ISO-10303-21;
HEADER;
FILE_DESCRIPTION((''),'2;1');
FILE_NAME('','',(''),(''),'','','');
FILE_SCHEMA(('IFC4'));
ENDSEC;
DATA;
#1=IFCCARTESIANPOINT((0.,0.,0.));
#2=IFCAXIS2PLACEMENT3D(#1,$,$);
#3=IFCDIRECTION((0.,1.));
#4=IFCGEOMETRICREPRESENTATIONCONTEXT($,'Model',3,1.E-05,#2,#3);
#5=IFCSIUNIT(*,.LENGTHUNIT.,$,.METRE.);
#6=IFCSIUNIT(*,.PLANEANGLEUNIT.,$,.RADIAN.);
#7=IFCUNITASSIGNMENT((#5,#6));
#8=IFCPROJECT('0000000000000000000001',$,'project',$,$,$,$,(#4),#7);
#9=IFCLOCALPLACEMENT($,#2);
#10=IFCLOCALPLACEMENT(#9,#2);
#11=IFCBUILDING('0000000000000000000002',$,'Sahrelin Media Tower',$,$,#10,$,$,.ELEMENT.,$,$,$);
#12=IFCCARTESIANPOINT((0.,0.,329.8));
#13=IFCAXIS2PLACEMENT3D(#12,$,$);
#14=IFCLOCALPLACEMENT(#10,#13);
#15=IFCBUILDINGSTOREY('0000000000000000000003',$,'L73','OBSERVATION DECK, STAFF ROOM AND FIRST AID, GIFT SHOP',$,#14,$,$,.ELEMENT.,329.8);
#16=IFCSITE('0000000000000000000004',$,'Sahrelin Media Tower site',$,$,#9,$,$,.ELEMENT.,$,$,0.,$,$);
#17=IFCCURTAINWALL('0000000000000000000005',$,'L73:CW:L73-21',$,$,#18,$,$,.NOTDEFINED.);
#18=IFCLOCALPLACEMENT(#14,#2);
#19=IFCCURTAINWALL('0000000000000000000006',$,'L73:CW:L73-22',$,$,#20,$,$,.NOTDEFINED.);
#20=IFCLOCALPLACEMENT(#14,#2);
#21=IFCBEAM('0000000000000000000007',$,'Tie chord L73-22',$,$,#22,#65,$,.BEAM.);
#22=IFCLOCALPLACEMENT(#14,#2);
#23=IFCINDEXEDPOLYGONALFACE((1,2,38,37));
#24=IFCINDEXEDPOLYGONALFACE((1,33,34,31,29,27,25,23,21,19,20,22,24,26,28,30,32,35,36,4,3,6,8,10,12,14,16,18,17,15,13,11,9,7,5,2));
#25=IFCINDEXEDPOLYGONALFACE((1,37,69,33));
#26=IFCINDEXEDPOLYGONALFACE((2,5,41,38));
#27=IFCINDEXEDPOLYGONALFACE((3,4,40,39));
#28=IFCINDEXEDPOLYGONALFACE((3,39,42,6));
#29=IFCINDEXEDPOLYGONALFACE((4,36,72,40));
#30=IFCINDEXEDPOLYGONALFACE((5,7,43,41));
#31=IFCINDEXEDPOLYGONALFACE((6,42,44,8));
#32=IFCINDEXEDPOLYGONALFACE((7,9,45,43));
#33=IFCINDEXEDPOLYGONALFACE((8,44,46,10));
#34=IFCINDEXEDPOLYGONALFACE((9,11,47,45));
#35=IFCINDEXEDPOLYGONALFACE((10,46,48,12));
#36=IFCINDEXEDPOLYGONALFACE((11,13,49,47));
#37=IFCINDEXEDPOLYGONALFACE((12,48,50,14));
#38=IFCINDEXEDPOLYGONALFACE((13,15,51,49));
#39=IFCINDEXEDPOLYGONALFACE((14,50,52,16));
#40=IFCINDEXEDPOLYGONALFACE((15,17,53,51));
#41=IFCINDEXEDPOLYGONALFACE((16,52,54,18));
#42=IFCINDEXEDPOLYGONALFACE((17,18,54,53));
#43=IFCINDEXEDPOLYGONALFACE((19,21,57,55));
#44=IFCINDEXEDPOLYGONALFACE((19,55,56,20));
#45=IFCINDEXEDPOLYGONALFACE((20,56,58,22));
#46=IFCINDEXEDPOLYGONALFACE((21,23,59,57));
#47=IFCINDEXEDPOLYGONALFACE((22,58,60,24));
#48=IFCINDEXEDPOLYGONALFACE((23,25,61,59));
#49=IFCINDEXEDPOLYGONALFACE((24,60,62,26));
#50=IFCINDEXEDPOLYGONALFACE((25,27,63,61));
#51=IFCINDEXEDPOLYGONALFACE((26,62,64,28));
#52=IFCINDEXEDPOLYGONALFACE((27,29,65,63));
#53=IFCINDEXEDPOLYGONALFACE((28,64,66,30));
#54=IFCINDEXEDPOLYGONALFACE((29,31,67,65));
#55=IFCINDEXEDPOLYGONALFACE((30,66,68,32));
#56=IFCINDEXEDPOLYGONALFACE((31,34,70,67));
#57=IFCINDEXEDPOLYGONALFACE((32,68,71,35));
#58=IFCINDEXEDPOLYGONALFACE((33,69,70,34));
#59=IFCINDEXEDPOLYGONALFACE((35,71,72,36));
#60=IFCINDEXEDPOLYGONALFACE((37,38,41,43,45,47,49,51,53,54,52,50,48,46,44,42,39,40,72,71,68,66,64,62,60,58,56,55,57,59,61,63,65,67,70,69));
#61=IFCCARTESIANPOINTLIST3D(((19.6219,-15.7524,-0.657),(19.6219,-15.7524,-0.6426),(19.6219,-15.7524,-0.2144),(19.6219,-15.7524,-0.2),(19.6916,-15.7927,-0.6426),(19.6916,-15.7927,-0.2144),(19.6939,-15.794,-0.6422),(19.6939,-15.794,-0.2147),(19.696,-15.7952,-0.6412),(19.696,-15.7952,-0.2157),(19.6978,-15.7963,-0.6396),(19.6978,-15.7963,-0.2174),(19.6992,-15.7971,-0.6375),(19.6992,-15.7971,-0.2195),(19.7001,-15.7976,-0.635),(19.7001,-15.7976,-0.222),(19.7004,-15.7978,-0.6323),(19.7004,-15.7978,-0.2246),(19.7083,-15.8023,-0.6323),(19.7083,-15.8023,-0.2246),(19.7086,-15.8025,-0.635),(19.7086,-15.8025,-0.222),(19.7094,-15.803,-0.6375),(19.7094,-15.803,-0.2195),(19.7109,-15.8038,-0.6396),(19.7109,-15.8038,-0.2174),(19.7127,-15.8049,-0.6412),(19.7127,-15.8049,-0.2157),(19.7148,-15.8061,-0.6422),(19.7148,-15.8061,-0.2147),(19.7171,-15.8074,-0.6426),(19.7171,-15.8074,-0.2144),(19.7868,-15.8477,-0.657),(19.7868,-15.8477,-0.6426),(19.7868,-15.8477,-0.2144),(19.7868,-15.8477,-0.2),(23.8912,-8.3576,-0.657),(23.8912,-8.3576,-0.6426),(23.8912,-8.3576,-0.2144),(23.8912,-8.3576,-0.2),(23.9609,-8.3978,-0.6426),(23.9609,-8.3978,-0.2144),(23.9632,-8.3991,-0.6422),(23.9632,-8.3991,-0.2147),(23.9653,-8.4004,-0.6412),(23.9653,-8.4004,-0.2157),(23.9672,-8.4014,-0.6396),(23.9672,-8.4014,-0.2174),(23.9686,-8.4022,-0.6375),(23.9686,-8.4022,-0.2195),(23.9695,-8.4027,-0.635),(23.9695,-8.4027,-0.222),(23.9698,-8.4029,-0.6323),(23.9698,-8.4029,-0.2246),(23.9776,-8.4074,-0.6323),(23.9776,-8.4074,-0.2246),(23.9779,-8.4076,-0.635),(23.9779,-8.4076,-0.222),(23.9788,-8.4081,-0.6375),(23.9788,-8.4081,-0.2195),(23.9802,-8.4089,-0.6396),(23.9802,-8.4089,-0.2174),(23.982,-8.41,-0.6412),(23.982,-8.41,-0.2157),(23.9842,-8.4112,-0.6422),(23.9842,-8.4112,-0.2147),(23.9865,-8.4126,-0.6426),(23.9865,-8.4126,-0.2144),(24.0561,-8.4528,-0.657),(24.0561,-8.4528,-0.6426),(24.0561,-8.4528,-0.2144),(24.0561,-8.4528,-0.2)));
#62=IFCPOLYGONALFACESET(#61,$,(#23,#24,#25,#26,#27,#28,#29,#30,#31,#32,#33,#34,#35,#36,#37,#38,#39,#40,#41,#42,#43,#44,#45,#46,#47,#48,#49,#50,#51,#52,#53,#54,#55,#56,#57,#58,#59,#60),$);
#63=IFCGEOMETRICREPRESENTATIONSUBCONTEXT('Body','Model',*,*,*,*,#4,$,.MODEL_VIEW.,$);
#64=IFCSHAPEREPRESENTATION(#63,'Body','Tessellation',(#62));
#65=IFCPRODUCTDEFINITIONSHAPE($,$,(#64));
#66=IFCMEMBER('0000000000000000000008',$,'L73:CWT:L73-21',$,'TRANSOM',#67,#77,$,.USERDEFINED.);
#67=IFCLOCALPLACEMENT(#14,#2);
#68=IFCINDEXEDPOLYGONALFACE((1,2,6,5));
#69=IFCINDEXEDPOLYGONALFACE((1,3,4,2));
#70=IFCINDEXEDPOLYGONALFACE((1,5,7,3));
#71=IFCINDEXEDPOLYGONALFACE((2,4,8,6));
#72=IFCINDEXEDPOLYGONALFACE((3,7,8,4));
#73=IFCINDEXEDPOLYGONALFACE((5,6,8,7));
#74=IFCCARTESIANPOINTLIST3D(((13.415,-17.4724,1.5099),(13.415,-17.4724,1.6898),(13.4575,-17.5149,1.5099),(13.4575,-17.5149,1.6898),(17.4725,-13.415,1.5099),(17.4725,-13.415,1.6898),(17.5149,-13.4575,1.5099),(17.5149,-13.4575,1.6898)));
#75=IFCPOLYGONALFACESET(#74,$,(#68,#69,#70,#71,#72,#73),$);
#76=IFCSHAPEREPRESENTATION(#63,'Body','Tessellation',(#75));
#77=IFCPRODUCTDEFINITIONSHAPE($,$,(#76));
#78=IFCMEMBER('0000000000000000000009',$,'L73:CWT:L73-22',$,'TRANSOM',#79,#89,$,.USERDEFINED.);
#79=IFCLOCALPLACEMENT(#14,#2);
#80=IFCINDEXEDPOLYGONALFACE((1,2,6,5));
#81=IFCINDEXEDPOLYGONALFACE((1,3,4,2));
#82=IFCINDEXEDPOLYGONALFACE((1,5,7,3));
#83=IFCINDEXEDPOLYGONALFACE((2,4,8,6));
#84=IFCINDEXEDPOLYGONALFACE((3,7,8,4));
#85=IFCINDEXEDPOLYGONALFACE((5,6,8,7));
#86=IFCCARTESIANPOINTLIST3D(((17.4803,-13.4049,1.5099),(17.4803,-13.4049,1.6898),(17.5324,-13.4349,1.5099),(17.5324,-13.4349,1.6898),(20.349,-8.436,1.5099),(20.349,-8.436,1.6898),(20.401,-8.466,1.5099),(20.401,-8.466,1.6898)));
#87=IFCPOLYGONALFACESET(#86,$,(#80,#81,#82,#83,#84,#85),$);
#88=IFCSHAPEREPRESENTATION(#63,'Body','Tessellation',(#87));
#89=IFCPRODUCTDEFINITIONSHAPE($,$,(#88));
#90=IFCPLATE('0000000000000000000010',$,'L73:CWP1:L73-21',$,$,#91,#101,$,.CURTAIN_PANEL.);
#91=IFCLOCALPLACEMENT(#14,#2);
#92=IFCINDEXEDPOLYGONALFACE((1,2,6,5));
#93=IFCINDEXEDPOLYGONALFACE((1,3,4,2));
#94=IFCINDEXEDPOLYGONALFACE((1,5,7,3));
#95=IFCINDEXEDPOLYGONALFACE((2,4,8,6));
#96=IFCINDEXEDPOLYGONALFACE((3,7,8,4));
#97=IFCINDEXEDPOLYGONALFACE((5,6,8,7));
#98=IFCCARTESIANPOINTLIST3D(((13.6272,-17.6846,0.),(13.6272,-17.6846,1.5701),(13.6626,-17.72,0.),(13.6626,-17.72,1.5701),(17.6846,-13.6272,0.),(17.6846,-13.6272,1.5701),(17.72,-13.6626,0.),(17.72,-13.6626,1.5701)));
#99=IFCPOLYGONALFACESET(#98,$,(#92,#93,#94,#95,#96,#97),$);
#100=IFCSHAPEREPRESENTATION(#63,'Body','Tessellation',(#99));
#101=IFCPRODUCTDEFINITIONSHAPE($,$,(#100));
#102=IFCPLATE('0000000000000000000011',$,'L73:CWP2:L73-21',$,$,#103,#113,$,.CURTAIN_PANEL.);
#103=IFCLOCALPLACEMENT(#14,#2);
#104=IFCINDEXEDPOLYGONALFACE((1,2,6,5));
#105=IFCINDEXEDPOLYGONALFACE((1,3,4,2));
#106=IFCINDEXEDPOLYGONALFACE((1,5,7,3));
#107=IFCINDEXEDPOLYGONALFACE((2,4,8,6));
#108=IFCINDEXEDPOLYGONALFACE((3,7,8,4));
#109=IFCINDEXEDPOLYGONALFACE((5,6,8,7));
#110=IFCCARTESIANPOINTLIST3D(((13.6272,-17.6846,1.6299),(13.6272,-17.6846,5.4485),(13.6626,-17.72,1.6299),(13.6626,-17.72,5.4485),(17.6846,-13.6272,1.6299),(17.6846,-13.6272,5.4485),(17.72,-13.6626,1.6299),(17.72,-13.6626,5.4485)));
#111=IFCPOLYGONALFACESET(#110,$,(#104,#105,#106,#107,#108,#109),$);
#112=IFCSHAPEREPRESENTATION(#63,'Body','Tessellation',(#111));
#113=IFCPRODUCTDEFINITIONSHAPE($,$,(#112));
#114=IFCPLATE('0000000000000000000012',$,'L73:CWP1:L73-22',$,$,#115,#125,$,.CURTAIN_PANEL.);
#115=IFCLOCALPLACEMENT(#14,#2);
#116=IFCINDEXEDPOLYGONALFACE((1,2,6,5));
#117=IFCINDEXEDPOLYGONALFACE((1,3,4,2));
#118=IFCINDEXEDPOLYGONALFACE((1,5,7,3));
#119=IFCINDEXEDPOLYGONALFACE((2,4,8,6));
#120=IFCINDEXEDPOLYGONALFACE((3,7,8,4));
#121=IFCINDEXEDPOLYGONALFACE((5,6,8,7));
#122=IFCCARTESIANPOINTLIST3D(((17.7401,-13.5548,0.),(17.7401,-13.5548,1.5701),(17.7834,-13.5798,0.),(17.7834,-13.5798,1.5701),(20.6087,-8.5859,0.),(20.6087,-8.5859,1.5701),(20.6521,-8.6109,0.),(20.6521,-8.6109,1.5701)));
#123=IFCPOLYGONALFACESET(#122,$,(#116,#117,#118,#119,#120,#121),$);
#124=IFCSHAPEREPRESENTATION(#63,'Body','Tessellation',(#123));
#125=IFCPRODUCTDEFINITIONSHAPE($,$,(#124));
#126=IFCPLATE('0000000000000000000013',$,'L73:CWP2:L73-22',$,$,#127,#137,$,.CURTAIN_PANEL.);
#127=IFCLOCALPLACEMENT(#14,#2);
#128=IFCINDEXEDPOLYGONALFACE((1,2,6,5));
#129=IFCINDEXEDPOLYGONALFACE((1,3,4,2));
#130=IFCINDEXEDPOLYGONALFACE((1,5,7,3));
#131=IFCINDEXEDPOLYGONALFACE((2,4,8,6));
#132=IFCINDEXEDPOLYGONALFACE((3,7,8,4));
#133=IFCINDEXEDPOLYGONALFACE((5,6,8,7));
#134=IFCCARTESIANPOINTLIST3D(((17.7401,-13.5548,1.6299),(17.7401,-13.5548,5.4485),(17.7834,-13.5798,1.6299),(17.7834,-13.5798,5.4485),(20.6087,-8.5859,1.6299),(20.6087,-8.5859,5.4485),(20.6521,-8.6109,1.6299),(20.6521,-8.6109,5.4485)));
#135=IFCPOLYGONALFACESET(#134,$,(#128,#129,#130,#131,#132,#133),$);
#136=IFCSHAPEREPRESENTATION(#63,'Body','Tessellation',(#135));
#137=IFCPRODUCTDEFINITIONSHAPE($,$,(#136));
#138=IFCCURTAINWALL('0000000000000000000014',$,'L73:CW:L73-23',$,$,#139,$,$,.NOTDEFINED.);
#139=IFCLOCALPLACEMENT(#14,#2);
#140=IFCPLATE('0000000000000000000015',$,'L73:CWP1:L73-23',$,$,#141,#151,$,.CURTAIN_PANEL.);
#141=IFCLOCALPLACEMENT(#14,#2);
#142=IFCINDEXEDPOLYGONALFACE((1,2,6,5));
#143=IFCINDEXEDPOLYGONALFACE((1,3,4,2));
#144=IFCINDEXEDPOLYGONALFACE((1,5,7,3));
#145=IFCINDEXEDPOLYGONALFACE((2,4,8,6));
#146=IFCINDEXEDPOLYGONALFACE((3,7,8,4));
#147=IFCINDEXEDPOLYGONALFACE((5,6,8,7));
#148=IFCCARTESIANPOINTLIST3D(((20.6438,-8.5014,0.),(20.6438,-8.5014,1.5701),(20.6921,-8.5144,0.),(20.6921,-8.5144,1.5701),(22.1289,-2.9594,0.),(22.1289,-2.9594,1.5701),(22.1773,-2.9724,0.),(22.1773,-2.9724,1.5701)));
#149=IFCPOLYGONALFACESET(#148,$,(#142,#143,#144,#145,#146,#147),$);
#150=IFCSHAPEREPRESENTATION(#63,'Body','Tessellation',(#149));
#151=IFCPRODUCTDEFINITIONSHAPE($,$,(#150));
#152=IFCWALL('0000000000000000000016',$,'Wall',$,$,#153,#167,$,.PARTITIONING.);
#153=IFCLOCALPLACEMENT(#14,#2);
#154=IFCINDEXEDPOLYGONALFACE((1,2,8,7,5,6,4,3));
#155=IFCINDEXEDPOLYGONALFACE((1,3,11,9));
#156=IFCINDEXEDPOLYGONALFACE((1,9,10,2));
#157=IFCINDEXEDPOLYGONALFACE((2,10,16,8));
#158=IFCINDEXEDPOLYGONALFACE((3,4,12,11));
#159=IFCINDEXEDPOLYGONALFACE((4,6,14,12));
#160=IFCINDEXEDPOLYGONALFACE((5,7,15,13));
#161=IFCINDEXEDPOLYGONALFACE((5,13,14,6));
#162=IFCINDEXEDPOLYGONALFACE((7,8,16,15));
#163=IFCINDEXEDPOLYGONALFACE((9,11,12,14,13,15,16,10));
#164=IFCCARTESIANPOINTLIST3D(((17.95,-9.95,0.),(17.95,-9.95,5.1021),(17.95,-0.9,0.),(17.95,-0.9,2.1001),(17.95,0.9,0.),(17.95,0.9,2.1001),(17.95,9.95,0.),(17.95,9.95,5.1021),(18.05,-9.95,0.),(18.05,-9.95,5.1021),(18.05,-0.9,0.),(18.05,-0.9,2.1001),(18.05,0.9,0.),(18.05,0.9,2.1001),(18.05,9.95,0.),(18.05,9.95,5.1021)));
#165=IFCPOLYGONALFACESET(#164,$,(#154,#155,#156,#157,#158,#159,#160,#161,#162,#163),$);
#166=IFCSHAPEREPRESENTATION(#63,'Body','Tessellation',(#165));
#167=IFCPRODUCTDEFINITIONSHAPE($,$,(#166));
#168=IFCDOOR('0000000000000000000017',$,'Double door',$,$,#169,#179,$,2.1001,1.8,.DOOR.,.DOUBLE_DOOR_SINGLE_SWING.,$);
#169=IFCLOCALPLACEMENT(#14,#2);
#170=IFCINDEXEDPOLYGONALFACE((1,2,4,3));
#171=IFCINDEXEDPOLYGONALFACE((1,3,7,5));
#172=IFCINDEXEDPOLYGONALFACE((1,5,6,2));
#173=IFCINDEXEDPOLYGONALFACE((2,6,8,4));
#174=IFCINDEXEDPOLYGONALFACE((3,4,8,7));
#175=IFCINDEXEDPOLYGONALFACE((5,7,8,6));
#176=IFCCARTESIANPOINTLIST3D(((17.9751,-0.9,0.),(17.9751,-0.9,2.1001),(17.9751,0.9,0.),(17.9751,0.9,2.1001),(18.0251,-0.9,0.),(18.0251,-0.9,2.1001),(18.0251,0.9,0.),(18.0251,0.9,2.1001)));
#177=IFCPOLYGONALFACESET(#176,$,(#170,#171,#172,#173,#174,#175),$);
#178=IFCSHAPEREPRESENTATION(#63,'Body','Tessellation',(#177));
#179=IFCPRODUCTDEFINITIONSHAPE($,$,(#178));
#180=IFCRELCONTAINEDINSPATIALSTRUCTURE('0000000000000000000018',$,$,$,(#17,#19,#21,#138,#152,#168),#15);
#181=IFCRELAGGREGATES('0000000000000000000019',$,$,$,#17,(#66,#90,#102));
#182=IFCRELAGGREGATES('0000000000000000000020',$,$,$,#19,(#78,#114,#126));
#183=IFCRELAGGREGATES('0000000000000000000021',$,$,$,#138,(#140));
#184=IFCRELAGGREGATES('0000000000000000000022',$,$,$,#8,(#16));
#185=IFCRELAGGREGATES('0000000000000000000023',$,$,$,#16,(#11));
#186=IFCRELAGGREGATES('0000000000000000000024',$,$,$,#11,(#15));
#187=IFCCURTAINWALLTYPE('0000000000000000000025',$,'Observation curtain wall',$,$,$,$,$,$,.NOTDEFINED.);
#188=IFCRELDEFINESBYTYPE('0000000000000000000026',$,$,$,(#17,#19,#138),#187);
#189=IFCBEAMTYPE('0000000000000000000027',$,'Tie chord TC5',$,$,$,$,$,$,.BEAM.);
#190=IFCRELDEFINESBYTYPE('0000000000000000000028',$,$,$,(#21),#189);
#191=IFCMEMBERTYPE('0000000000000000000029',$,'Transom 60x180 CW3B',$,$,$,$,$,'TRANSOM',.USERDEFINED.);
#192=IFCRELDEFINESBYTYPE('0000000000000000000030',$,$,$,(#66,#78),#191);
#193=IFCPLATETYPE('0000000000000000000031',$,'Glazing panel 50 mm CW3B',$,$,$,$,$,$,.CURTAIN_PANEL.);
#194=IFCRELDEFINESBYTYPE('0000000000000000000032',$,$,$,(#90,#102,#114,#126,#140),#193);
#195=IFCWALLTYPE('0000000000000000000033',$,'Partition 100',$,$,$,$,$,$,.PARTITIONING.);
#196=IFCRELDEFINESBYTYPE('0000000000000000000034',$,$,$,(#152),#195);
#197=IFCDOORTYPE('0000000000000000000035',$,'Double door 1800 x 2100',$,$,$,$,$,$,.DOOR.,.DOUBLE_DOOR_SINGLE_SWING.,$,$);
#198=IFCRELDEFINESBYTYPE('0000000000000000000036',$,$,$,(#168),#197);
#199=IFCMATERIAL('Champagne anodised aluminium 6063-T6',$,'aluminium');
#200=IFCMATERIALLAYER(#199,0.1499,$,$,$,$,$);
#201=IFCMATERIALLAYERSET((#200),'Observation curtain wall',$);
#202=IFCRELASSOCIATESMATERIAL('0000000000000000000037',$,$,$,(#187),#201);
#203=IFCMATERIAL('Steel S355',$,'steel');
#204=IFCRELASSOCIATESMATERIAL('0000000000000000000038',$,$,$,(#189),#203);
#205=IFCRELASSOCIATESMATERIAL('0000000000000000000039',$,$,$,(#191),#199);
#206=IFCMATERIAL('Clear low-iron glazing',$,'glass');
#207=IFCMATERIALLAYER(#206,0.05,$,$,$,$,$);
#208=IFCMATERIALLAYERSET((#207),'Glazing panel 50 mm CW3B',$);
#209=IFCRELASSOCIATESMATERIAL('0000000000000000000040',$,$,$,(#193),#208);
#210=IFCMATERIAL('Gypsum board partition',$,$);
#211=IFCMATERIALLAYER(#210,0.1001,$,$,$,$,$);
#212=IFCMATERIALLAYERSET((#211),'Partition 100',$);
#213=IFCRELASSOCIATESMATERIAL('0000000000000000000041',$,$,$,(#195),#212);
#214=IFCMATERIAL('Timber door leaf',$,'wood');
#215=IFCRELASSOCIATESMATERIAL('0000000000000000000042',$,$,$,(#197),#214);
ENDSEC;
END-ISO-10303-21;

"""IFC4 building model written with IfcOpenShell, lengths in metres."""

from ifc_helpers import new_model, si_unit, direction, frame, frame_2d, origin, origin_2d, place, context, subcontext, project, spatial, polyline, rectangle, i_section, outline, extrude, material, layer, layer_set, material_profile, profile_set, type_object, element, fill, aggregate, save


model = new_model("IFC4")

# Units and contexts
model_context = context("Model", 3, precision=1e-05, world=origin(), true_north=direction((0.0, 1.0)))
body_context = subcontext(model_context, "Body", "Model", "MODEL_VIEW")
ifc_project = project(units=[si_unit("LENGTHUNIT", "METRE"), si_unit("PLANEANGLEUNIT", "RADIAN")], contexts=[model_context])

# Site, building, storey
site_placement = place(None, origin())
site = spatial("IfcSite", under=ifc_project, at=site_placement, Name="Sahrelin Media Tower site", CompositionType="ELEMENT", RefElevation=0.0)
building_placement = place(site_placement, origin())
building = spatial("IfcBuilding", under=site, at=building_placement, Name="Sahrelin Media Tower", CompositionType="ELEMENT")
storey_placement = place(building_placement, frame((0.0, 0.0, 329.8)))
storey = spatial("IfcBuildingStorey", under=building, at=storey_placement, Name="L73", Description="OBSERVATION DECK, STAFF ROOM AND FIRST AID, GIFT SHOP", CompositionType="ELEMENT", Elevation=329.8)

# Shared definitions
ifc_material_1 = material(Name="Steel S355", Category="steel")

# Curtain walls
ifc_material_2 = material(Name="Champagne anodised aluminium 6063-T6", Category="aluminium")
ifc_layer_1 = layer(ifc_material_2, 0.1499)
ifc_layer_set_1 = layer_set([ifc_layer_1], Name="Observation curtain wall")
curtain_wall_type = type_object("IfcCurtainWallType", Name="Observation curtain wall", PredefinedType="NOTDEFINED", material=ifc_layer_set_1)
curtain_wall_1_placement = place(storey_placement, frame((15.677, -15.677, 0.0), z_axis=(0.0, 0.0, 1.0), x_axis=(1.0, 0.0, 0.0)))
curtain_wall_1 = element("IfcCurtainWall", 1, at=curtain_wall_1_placement, inside=storey, type_object=curtain_wall_type, Name="L73:CW:L73-21", PredefinedType="NOTDEFINED")
curtain_wall_2_placement = place(storey_placement, frame((19.2004, -11.0854, 0.0), z_axis=(0.0, 0.0, 1.0), x_axis=(1.0, 0.0, 0.0)))
curtain_wall_2 = element("IfcCurtainWall", 2, at=curtain_wall_2_placement, inside=storey, type_object=curtain_wall_type, Name="L73:CW:L73-22", PredefinedType="NOTDEFINED")

# Beam
ifc_material_profile_1 = material_profile(ifc_material_1, i_section(OverallWidth=0.1904, OverallDepth=0.457, WebThickness=0.009, FlangeThickness=0.0144, FilletRadius=0.0103, at=origin_2d()), Name="UB 457x191x74")
ifc_profile_set_1 = profile_set([ifc_material_profile_1], Name="Steel S355")
beam_type_1 = type_object("IfcBeamType", Name="Tie chord TC5", PredefinedType="BEAM", material=ifc_profile_set_1)
beam_1_placement = place(storey_placement, frame((19.7043, -15.8, -0.4285), z_axis=(0.499992, 0.86603, 0.0), x_axis=(-0.86603, 0.499992, 0.0)))
element("IfcBeam", 3, at=beam_1_placement, inside=storey, type_object=beam_type_1, Name="Tie chord L73-22", PredefinedType="BEAM", context=body_context, shape_type="SweptSolid", body=[
    extrude(i_section(OverallWidth=0.1904, OverallDepth=0.457, WebThickness=0.009, FlangeThickness=0.0144, FilletRadius=0.0103, at=origin_2d()), origin(), (0.0, 0.0, 1.0), 8.5388),
])

# Members
ifc_material_profile_2 = material_profile(ifc_material_2, rectangle(XDim=0.0601, YDim=0.1799, at=origin_2d()), Name="Transom 60x180")
ifc_profile_set_2 = profile_set([ifc_material_profile_2], Name="Champagne anodised aluminium 6063-T6")
member_type_1 = type_object("IfcMemberType", Name="Transom 60x180 CW3B", ElementType="TRANSOM", PredefinedType="USERDEFINED", material=ifc_profile_set_2)
member_1_placement = place(storey_placement, frame((13.4363, -17.4937, 1.5999), z_axis=(0.707107, 0.707107, 0.0), x_axis=(-0.707107, 0.707107, 0.0)))
member_1 = element("IfcMember", 4, at=member_1_placement, type_object=member_type_1, Name="L73:CWT:L73-21", ObjectType="TRANSOM", PredefinedType="USERDEFINED", context=body_context, shape_type="SweptSolid", body=[
    extrude(rectangle(XDim=0.0601, YDim=0.1799, at=origin_2d()), origin(), (0.0, 0.0, 1.0), 5.738),
])
member_2_placement = place(storey_placement, frame((17.5063, -13.4199, 1.5999), z_axis=(0.499974, 0.86604, 0.0), x_axis=(-0.86604, 0.499974, 0.0)))
member_2 = element("IfcMember", 5, at=member_2_placement, type_object=member_type_1, Name="L73:CWT:L73-22", ObjectType="TRANSOM", PredefinedType="USERDEFINED", context=body_context, shape_type="SweptSolid", body=[
    extrude(rectangle(XDim=0.0601, YDim=0.1799, at=origin_2d()), origin(), (0.0, 0.0, 1.0), 5.7375),
])

# Plates
ifc_material_3 = material(Name="Clear low-iron glazing", Category="glass")
ifc_layer_2 = layer(ifc_material_3, 0.05)
ifc_layer_set_2 = layer_set([ifc_layer_2], Name="Glazing panel 50 mm CW3B")
plate_type = type_object("IfcPlateType", Name="Glazing panel 50 mm CW3B", PredefinedType="CURTAIN_PANEL", material=ifc_layer_set_2)
plate_1_placement = place(storey_placement, frame((13.6626, -17.72, 0.0), z_axis=(0.707107, -0.707107, 0.0), x_axis=(0.707107, 0.707107, 0.0)))
plate_1 = element("IfcPlate", 6, at=plate_1_placement, type_object=plate_type, Name="L73:CWP1:L73-21", PredefinedType="CURTAIN_PANEL", context=body_context, shape_type="SweptSolid", body=[
    extrude(outline(polyline([(0.0, 0.0), (5.738, 0.0), (5.738, 1.5701), (0.0, 1.5701), (0.0, 0.0)])), origin(), (0.0, 0.0, -1.0), 0.05),
])
plate_2_placement = place(storey_placement, frame((13.6626, -17.72, 1.6299), z_axis=(0.707107, -0.707107, 0.0), x_axis=(0.707107, 0.707107, 0.0)))
plate_2 = element("IfcPlate", 7, at=plate_2_placement, type_object=plate_type, Name="L73:CWP2:L73-21", PredefinedType="CURTAIN_PANEL", context=body_context, shape_type="SweptSolid", body=[
    extrude(outline(polyline([(0.0, 0.0), (5.738, 0.0), (5.738, 3.8186), (0.0, 3.8186), (0.0, 0.0)])), origin(), (0.0, 0.0, -1.0), 0.05),
])
aggregate(curtain_wall_1, [member_1, plate_1, plate_2])
plate_3_placement = place(storey_placement, frame((17.7834, -13.5798, 0.0), z_axis=(0.86604, -0.499974, 0.0), x_axis=(0.499974, 0.86604, 0.0)))
plate_3 = element("IfcPlate", 8, at=plate_3_placement, type_object=plate_type, Name="L73:CWP1:L73-22", PredefinedType="CURTAIN_PANEL", context=body_context, shape_type="SweptSolid", body=[
    extrude(outline(polyline([(0.0, 0.0), (5.7375, 0.0), (5.7375, 1.5701), (0.0, 1.5701), (0.0, 0.0)])), origin(), (0.0, 0.0, -1.0), 0.05),
])
plate_4_placement = place(storey_placement, frame((17.7834, -13.5798, 1.6299), z_axis=(0.86604, -0.499974, 0.0), x_axis=(0.499974, 0.86604, 0.0)))
plate_4 = element("IfcPlate", 9, at=plate_4_placement, type_object=plate_type, Name="L73:CWP2:L73-22", PredefinedType="CURTAIN_PANEL", context=body_context, shape_type="SweptSolid", body=[
    extrude(outline(polyline([(0.0, 0.0), (5.7375, 0.0), (5.7375, 3.8186), (0.0, 3.8186), (0.0, 0.0)])), origin(), (0.0, 0.0, -1.0), 0.05),
])
aggregate(curtain_wall_2, [member_2, plate_3, plate_4])

# Curtain wall, plate
curtain_wall_3_placement = place(storey_placement, frame((21.4153, -5.7383, 0.0), z_axis=(0.0, 0.0, 1.0), x_axis=(1.0, 0.0, 0.0)))
curtain_wall_3 = element("IfcCurtainWall", 10, at=curtain_wall_3_placement, inside=storey, type_object=curtain_wall_type, Name="L73:CW:L73-23", PredefinedType="NOTDEFINED")
plate_5_placement = place(storey_placement, frame((20.6921, -8.5144, 0.0), z_axis=(0.96592, -0.258841, 0.0), x_axis=(0.258841, 0.96592, 0.0)))
plate_5 = element("IfcPlate", 11, at=plate_5_placement, type_object=plate_type, Name="L73:CWP1:L73-23", PredefinedType="CURTAIN_PANEL", context=body_context, shape_type="SweptSolid", body=[
    extrude(outline(polyline([(0.0, 0.0), (5.7375, 0.0), (5.7375, 1.5701), (0.0, 1.5701), (0.0, 0.0)])), origin(), (0.0, 0.0, -1.0), 0.05),
])
aggregate(curtain_wall_3, [plate_5])

# Wall, opening, door
ifc_material_4 = material(Name="Gypsum board partition")
ifc_layer_3 = layer(ifc_material_4, 0.1001)
ifc_layer_set_3 = layer_set([ifc_layer_3], Name="Partition 100")
wall_type = type_object("IfcWallType", Name="Partition 100", PredefinedType="PARTITIONING", material=ifc_layer_set_3)
wall_placement = place(storey_placement, frame((18.0, -9.95, 0.0), z_axis=(0.0, 0.0, 1.0), x_axis=(0.0, 1.0, 0.0)))
wall = element("IfcWall", 12, at=wall_placement, inside=storey, type_object=wall_type, Name="Wall", PredefinedType="PARTITIONING", context=body_context, shape_type="SweptSolid", body=[
    extrude(rectangle(XDim=19.8999, YDim=0.1001, at=frame_2d((9.95, 0.0))), origin(), (0.0, 0.0, 1.0), 5.1021),
])
opening_placement = place(wall_placement, frame((9.05, 0.0, 0.0)))
opening = element("IfcOpeningElement", 13, at=opening_placement, cuts=wall, PredefinedType="OPENING", context=body_context, shape_type="SweptSolid", body=[
    extrude(rectangle(XDim=1.8, YDim=2.1001, at=frame_2d((0.8999, 1.05))), frame((0.0, 0.05, 0.0), z_axis=(0.0, -1.0, 0.0), x_axis=(1.0, 0.0, 0.0)), (0.0, 0.0, 1.0), 0.1001),
])
ifc_material_5 = material(Name="Timber door leaf", Category="wood")
door_type = type_object("IfcDoorType", Name="Double door 1800 x 2100", OperationType="DOUBLE_DOOR_SINGLE_SWING", PredefinedType="DOOR", material=ifc_material_5)
door_placement = place(opening_placement, origin())
door = element("IfcDoor", 14, at=door_placement, inside=storey, type_object=door_type, Name="Double door", OperationType="DOUBLE_DOOR_SINGLE_SWING", OverallHeight=2.1001, OverallWidth=1.8, PredefinedType="DOOR", context=body_context, shape_type="SweptSolid", body=[
    extrude(rectangle(XDim=1.8, YDim=2.1001, at=frame_2d((0.8999, 1.05))), frame((0.0, 0.0249, 0.0), z_axis=(0.0, -1.0, 0.0), x_axis=(1.0, 0.0, 0.0)), (0.0, 0.0, 1.0), 0.05),
])
fill(opening, door)

save(model, "model.ifc")
